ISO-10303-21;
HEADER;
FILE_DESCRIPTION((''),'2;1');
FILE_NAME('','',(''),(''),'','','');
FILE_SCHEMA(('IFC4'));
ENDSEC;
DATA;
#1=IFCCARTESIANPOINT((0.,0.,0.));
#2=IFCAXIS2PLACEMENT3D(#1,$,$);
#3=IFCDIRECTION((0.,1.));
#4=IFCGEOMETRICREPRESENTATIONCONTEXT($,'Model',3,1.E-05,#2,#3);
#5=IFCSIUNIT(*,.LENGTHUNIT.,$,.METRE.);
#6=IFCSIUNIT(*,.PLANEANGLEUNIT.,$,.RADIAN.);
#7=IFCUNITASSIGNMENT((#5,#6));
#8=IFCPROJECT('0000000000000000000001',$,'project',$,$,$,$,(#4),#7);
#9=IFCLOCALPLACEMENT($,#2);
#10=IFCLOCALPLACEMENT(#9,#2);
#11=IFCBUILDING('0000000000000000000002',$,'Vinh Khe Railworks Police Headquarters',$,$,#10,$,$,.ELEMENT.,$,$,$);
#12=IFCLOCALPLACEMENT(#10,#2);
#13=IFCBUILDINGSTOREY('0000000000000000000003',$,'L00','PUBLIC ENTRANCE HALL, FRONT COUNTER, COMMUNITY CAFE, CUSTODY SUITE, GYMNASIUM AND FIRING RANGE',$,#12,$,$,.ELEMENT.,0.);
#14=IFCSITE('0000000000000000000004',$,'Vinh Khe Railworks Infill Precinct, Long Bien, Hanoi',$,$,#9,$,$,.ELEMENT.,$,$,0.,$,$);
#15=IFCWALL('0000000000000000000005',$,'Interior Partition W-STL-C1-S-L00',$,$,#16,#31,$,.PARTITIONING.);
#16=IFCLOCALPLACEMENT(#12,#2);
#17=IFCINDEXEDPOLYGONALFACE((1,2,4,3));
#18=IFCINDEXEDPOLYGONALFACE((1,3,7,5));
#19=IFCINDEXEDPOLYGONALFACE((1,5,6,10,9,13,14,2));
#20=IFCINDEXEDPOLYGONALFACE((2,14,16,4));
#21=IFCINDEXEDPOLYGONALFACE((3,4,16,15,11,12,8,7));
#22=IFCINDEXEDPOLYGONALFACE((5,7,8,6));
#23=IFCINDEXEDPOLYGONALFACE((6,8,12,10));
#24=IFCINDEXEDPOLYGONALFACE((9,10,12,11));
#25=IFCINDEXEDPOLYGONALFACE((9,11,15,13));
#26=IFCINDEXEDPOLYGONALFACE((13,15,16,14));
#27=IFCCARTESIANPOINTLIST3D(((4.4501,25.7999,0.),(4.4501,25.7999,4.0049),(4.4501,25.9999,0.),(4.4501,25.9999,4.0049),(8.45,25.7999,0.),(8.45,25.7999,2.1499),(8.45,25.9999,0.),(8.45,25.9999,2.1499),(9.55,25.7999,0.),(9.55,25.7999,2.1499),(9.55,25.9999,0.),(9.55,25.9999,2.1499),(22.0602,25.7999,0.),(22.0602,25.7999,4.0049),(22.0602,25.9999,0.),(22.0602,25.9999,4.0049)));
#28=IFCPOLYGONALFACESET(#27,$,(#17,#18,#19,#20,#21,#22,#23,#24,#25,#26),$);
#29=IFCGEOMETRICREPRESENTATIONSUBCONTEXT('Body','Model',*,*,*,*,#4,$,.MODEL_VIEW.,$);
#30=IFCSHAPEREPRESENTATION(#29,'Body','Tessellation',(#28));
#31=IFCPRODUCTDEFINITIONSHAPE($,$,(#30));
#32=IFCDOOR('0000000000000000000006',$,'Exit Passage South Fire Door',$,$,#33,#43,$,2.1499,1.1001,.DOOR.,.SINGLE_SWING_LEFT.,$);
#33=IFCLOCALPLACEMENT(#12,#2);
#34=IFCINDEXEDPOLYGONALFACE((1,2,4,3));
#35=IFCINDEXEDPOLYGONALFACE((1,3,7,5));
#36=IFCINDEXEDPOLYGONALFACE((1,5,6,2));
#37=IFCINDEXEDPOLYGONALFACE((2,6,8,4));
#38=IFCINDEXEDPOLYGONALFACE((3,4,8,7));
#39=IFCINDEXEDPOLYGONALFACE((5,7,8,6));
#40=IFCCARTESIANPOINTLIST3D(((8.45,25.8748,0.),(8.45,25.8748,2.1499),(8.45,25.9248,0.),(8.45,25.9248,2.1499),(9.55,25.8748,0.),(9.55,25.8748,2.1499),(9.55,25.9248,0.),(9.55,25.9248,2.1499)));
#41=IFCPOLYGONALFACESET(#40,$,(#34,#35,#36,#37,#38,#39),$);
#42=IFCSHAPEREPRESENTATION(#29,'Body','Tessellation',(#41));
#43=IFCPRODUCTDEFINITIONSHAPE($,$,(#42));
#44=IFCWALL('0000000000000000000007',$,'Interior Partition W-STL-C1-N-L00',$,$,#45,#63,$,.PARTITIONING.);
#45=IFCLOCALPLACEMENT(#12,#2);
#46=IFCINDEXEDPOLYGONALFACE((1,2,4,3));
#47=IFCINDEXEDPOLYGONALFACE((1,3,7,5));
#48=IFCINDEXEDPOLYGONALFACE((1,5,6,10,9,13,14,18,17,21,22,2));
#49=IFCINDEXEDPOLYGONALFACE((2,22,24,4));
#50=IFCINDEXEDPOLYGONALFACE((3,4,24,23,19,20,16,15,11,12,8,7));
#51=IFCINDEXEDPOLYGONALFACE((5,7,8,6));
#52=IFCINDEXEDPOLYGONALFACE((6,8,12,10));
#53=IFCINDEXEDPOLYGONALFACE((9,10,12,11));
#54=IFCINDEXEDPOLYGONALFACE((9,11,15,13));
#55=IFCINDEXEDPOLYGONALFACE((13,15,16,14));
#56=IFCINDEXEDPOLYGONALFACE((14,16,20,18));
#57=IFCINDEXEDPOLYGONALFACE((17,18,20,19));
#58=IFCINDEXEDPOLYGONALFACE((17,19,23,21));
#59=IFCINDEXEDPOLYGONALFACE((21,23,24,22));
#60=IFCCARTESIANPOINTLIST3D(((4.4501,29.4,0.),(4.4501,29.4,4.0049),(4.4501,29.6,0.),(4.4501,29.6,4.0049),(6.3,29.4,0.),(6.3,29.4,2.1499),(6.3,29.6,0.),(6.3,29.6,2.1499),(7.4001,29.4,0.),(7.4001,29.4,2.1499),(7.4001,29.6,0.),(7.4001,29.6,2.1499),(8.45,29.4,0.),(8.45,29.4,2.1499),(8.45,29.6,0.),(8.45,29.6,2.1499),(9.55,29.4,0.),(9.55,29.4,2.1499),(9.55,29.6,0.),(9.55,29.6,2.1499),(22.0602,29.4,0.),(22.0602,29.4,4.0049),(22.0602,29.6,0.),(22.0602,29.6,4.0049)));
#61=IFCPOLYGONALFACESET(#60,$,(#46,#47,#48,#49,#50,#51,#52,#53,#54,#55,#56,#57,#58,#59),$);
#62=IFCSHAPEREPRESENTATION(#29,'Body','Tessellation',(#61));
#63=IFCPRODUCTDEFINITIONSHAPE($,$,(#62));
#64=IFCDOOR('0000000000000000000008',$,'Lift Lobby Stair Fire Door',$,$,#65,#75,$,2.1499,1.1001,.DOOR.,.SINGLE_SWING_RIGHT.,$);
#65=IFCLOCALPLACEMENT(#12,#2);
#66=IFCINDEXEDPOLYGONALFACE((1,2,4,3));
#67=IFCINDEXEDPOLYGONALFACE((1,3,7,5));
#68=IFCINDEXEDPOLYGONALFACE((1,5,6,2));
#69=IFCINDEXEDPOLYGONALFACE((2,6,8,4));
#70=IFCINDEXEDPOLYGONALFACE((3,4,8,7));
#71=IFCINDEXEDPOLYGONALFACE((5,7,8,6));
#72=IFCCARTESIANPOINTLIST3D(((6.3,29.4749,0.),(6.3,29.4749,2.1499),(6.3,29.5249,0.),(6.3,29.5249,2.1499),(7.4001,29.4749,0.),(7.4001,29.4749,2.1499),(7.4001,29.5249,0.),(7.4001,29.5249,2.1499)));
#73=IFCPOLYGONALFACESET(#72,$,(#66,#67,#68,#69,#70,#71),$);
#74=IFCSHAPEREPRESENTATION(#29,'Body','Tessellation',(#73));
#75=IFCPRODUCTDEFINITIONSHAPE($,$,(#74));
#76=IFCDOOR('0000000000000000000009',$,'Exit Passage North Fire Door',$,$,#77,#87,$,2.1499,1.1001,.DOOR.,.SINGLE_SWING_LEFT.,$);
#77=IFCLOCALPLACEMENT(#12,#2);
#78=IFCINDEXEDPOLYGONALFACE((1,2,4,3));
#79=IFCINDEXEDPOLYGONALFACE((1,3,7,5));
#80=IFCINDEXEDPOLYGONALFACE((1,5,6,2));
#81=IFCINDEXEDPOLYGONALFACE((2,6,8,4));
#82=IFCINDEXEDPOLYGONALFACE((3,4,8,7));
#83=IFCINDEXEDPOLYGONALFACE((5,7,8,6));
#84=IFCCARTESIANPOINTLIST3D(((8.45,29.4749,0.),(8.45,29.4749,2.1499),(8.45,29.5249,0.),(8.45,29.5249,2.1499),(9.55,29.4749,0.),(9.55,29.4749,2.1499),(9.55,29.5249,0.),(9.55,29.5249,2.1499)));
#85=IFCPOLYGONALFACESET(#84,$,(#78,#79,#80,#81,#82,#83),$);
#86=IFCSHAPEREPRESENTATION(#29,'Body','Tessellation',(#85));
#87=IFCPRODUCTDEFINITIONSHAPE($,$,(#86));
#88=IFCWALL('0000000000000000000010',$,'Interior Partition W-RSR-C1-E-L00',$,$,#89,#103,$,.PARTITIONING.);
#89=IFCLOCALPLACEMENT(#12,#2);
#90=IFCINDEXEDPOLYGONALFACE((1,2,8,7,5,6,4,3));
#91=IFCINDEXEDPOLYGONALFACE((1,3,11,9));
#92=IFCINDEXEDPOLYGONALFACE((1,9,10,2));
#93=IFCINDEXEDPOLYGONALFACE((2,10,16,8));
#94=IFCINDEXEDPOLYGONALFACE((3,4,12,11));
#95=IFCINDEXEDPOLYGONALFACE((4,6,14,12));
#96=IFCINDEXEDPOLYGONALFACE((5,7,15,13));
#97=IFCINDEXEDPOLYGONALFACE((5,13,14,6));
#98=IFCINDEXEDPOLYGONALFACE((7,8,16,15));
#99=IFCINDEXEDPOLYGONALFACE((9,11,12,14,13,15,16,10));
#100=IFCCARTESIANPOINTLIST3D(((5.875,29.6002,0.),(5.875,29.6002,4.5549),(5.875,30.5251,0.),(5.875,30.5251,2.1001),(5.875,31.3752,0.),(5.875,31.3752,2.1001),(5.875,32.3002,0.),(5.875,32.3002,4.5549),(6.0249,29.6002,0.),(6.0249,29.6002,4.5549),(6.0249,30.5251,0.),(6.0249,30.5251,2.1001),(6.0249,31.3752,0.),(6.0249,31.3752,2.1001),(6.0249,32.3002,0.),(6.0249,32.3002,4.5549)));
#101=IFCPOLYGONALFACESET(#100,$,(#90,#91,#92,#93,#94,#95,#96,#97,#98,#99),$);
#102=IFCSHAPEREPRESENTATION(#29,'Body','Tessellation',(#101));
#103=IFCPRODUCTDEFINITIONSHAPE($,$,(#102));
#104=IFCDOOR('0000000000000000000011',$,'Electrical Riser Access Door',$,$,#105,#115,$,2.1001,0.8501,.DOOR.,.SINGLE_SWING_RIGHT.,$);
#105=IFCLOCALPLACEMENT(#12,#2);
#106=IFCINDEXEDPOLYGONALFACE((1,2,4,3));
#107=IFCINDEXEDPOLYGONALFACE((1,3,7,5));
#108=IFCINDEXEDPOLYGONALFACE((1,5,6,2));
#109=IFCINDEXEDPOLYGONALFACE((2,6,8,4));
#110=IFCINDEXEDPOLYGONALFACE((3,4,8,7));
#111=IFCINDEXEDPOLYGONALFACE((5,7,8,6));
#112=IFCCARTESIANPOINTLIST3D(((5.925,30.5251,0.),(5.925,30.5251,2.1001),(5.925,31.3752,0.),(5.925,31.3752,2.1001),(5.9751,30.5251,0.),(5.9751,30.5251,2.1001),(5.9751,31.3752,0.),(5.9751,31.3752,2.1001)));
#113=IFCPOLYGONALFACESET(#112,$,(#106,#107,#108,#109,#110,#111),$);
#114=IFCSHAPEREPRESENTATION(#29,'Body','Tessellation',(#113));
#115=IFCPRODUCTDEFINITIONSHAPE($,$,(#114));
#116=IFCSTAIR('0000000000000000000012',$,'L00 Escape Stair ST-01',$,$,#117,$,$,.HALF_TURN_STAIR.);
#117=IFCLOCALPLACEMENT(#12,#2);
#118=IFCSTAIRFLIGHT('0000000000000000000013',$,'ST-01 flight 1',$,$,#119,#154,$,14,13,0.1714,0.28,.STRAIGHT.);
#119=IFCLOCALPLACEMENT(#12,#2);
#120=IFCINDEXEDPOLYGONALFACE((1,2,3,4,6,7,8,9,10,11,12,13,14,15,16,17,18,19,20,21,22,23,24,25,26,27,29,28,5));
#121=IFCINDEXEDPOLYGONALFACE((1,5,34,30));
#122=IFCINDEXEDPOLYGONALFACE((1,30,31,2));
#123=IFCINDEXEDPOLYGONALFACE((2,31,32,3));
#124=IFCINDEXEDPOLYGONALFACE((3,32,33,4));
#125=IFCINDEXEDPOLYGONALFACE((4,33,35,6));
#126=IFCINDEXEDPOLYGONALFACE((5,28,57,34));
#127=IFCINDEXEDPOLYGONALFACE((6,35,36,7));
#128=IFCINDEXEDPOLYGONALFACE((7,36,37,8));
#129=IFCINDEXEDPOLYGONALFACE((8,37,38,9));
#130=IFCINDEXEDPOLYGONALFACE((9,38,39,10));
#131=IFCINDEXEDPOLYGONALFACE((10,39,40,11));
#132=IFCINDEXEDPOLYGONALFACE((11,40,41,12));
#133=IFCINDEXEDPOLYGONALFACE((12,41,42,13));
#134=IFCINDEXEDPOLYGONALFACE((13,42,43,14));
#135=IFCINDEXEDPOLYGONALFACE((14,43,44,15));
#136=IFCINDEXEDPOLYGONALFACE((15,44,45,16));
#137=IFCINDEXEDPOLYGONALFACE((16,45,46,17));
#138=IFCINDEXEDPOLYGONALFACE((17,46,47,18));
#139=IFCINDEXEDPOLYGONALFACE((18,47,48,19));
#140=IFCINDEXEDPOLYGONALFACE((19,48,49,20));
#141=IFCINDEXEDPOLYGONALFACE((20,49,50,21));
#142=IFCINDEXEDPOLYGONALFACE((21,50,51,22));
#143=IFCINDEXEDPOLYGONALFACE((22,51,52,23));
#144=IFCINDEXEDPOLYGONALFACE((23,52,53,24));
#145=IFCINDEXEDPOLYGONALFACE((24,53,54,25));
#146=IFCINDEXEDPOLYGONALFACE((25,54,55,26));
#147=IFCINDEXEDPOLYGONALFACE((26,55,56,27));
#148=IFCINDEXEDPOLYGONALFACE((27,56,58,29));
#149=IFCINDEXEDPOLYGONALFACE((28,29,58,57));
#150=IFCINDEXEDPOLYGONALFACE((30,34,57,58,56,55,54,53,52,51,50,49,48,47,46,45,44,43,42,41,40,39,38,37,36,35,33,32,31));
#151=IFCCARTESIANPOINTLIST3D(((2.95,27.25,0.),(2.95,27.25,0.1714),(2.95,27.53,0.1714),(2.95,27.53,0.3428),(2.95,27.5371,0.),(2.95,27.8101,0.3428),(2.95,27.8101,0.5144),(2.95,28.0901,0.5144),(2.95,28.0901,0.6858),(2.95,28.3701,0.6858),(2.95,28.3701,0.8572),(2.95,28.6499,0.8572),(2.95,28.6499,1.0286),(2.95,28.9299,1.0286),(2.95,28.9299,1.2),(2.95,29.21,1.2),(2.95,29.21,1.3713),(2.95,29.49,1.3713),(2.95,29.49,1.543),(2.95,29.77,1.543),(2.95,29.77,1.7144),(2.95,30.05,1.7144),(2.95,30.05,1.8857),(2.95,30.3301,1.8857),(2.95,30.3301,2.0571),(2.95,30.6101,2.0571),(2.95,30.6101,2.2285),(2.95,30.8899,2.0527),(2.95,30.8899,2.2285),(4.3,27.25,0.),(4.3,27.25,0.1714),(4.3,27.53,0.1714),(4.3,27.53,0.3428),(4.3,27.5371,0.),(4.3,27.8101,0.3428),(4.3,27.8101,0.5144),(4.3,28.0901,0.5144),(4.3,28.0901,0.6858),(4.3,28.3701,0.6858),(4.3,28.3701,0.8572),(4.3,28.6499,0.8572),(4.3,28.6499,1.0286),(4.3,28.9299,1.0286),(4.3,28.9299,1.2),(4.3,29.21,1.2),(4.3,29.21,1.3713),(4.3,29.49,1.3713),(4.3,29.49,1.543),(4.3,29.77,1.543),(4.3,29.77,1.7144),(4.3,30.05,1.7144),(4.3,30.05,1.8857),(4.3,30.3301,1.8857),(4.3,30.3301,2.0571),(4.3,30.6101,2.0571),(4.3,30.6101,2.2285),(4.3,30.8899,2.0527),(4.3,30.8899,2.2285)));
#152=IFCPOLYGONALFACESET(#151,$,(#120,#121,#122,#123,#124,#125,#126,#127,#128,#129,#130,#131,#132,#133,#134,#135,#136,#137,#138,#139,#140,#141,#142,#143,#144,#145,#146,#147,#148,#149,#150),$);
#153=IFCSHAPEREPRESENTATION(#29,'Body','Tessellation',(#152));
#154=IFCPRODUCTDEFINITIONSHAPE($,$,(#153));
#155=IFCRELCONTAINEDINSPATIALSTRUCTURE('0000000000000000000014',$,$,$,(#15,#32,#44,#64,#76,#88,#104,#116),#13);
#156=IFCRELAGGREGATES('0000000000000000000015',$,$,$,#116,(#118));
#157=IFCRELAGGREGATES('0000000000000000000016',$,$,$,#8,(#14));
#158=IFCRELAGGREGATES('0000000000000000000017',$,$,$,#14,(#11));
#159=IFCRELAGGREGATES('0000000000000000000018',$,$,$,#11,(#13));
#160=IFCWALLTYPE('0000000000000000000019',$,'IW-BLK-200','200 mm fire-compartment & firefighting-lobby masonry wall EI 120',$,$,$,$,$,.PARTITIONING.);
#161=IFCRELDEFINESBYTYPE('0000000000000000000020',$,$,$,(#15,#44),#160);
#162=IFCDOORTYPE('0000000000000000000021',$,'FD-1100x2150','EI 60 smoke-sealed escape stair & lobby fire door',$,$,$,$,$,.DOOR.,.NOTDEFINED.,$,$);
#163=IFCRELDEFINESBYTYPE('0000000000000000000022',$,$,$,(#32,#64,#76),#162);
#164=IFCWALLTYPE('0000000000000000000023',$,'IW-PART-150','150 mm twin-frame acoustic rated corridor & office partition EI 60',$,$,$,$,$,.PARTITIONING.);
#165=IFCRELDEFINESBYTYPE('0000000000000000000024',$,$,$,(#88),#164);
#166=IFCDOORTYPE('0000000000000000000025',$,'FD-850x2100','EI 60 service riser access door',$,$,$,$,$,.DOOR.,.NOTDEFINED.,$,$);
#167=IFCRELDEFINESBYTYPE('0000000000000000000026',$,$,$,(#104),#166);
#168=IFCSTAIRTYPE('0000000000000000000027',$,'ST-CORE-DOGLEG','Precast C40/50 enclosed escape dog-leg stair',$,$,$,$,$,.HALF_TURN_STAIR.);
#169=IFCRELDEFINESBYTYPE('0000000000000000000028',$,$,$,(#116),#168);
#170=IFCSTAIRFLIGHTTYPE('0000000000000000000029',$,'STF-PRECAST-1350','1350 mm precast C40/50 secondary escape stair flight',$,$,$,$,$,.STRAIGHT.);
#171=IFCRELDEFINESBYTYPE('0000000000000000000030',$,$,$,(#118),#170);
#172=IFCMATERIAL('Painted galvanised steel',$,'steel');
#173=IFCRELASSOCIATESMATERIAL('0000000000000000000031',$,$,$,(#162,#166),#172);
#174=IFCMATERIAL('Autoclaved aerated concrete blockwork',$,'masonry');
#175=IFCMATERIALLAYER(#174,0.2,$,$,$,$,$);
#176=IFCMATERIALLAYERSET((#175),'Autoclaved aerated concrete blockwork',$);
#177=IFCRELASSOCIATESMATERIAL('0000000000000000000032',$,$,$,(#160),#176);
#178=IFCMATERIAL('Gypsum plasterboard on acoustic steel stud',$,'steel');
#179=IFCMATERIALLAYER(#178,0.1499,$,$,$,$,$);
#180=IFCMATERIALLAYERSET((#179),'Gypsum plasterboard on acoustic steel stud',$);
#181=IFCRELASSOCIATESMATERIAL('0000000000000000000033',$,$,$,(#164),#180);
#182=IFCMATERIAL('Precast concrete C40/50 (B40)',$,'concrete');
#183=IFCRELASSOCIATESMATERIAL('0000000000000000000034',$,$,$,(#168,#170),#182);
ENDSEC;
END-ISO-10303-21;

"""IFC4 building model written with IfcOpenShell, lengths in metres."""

from ifc_helpers import new_model, si_unit, direction, frame, frame_2d, origin, place, context, subcontext, project, spatial, polyline, rectangle, outline, extrude, material, layer, layer_set, type_object, element, fill, aggregate, save


model = new_model("IFC4")

# Units and contexts
model_context = context("Model", 3, precision=1e-05, world=origin(), true_north=direction((0.0, 1.0)))
body_context = subcontext(model_context, "Body", "Model", "MODEL_VIEW")
ifc_project = project(units=[si_unit("LENGTHUNIT", "METRE"), si_unit("PLANEANGLEUNIT", "RADIAN")], contexts=[model_context])

# Site, building, storey
site_placement = place(None, origin())
site = spatial("IfcSite", under=ifc_project, at=site_placement, Name="Vinh Khe Railworks Infill Precinct, Long Bien, Hanoi", CompositionType="ELEMENT", RefElevation=0.0)
building_placement = place(site_placement, origin())
building = spatial("IfcBuilding", under=site, at=building_placement, Name="Vinh Khe Railworks Police Headquarters", CompositionType="ELEMENT")
storey_placement = place(building_placement, origin())
storey = spatial("IfcBuildingStorey", under=building, at=storey_placement, Name="L00", Description="PUBLIC ENTRANCE HALL, FRONT COUNTER, COMMUNITY CAFE, CUSTODY SUITE, GYMNASIUM AND FIRING RANGE", CompositionType="ELEMENT", Elevation=0.0)

# Wall, opening, door
ifc_material_1 = material(Name="Painted galvanised steel", Category="steel")
door_type_1 = type_object("IfcDoorType", Name="FD-1100x2150", Description="EI 60 smoke-sealed escape stair & lobby fire door", OperationType="NOTDEFINED", PredefinedType="DOOR", material=ifc_material_1)
ifc_material_2 = material(Name="Autoclaved aerated concrete blockwork", Category="masonry")
ifc_layer_1 = layer(ifc_material_2, 0.2)
ifc_layer_set_1 = layer_set([ifc_layer_1], Name="Autoclaved aerated concrete blockwork")
wall_type_1 = type_object("IfcWallType", Name="IW-BLK-200", Description="200 mm fire-compartment & firefighting-lobby masonry wall EI 120", PredefinedType="PARTITIONING", material=ifc_layer_set_1)
wall_1_placement = place(storey_placement, frame((4.45, 25.8999, 0.0), z_axis=(0.0, 0.0, 1.0), x_axis=(1.0, 0.0, 0.0)))
wall_1 = element("IfcWall", 1, at=wall_1_placement, inside=storey, type_object=wall_type_1, Name="Interior Partition W-STL-C1-S-L00", PredefinedType="PARTITIONING", context=body_context, shape_type="SweptSolid", body=[
    extrude(rectangle(XDim=17.6101, YDim=0.2, at=frame_2d((8.8052, 0.0))), origin(), (0.0, 0.0, 1.0), 4.0049),
])
opening_1_placement = place(wall_1_placement, frame((4.0, 0.0, 0.0)))
opening_1 = element("IfcOpeningElement", 2, at=opening_1_placement, cuts=wall_1, PredefinedType="OPENING", context=body_context, shape_type="SweptSolid", body=[
    extrude(rectangle(XDim=1.1001, YDim=2.1499, at=frame_2d((0.55, 1.075))), frame((0.0, 0.1147, 0.0), z_axis=(0.0, -1.0, 0.0), x_axis=(1.0, 0.0, 0.0)), (0.0, 0.0, 1.0), 0.2297),
])
door_1_placement = place(opening_1_placement, origin())
door_1 = element("IfcDoor", 3, at=door_1_placement, inside=storey, type_object=door_type_1, Name="Exit Passage South Fire Door", OperationType="SINGLE_SWING_LEFT", OverallHeight=2.1499, OverallWidth=1.1001, PredefinedType="DOOR", context=body_context, shape_type="SweptSolid", body=[
    extrude(rectangle(XDim=1.1001, YDim=2.1499, at=frame_2d((0.55, 1.075))), frame((0.0, 0.0249, 0.0), z_axis=(0.0, -1.0, 0.0), x_axis=(1.0, 0.0, 0.0)), (0.0, 0.0, 1.0), 0.05),
])
fill(opening_1, door_1)

# Wall, openings, doors
wall_2_placement = place(storey_placement, frame((4.45, 29.5, 0.0), z_axis=(0.0, 0.0, 1.0), x_axis=(1.0, 0.0, 0.0)))
wall_2 = element("IfcWall", 4, at=wall_2_placement, inside=storey, type_object=wall_type_1, Name="Interior Partition W-STL-C1-N-L00", PredefinedType="PARTITIONING", context=body_context, shape_type="SweptSolid", body=[
    extrude(rectangle(XDim=17.6101, YDim=0.2, at=frame_2d((8.8052, 0.0))), origin(), (0.0, 0.0, 1.0), 4.0049),
])
opening_2_placement = place(wall_2_placement, frame((1.8501, 0.0, 0.0)))
opening_2 = element("IfcOpeningElement", 5, at=opening_2_placement, cuts=wall_2, PredefinedType="OPENING", context=body_context, shape_type="SweptSolid", body=[
    extrude(rectangle(XDim=1.1001, YDim=2.1499, at=frame_2d((0.55, 1.075))), frame((0.0, 0.1147, 0.0), z_axis=(0.0, -1.0, 0.0), x_axis=(1.0, 0.0, 0.0)), (0.0, 0.0, 1.0), 0.2297),
])
opening_3_placement = place(wall_2_placement, frame((4.0, 0.0, 0.0)))
opening_3 = element("IfcOpeningElement", 6, at=opening_3_placement, cuts=wall_2, PredefinedType="OPENING", context=body_context, shape_type="SweptSolid", body=[
    extrude(rectangle(XDim=1.1001, YDim=2.1499, at=frame_2d((0.55, 1.075))), frame((0.0, 0.1147, 0.0), z_axis=(0.0, -1.0, 0.0), x_axis=(1.0, 0.0, 0.0)), (0.0, 0.0, 1.0), 0.2297),
])
door_2_placement = place(opening_2_placement, origin())
door_2 = element("IfcDoor", 7, at=door_2_placement, inside=storey, type_object=door_type_1, Name="Lift Lobby Stair Fire Door", OperationType="SINGLE_SWING_RIGHT", OverallHeight=2.1499, OverallWidth=1.1001, PredefinedType="DOOR", context=body_context, shape_type="SweptSolid", body=[
    extrude(rectangle(XDim=1.1001, YDim=2.1499, at=frame_2d((0.55, 1.075))), frame((0.0, 0.0249, 0.0), z_axis=(0.0, -1.0, 0.0), x_axis=(1.0, 0.0, 0.0)), (0.0, 0.0, 1.0), 0.05),
])
fill(opening_2, door_2)
door_3_placement = place(opening_3_placement, origin())
door_3 = element("IfcDoor", 8, at=door_3_placement, inside=storey, type_object=door_type_1, Name="Exit Passage North Fire Door", OperationType="SINGLE_SWING_LEFT", OverallHeight=2.1499, OverallWidth=1.1001, PredefinedType="DOOR", context=body_context, shape_type="SweptSolid", body=[
    extrude(rectangle(XDim=1.1001, YDim=2.1499, at=frame_2d((0.55, 1.075))), frame((0.0, 0.0249, 0.0), z_axis=(0.0, -1.0, 0.0), x_axis=(1.0, 0.0, 0.0)), (0.0, 0.0, 1.0), 0.05),
])
fill(opening_3, door_3)

# Wall, opening, door
ifc_material_3 = material(Name="Gypsum plasterboard on acoustic steel stud", Category="steel")
ifc_layer_2 = layer(ifc_material_3, 0.1499)
ifc_layer_set_2 = layer_set([ifc_layer_2], Name="Gypsum plasterboard on acoustic steel stud")
wall_type_2 = type_object("IfcWallType", Name="IW-PART-150", Description="150 mm twin-frame acoustic rated corridor & office partition EI 60", PredefinedType="PARTITIONING", material=ifc_layer_set_2)
wall_3_placement = place(storey_placement, frame((5.95, 29.6001, 0.0), z_axis=(0.0, 0.0, 1.0), x_axis=(0.0, 1.0, 0.0)))
wall_3 = element("IfcWall", 9, at=wall_3_placement, inside=storey, type_object=wall_type_2, Name="Interior Partition W-RSR-C1-E-L00", PredefinedType="PARTITIONING", context=body_context, shape_type="SweptSolid", body=[
    extrude(rectangle(XDim=2.7, YDim=0.1499, at=frame_2d((1.3501, 0.0))), origin(), (0.0, 0.0, 1.0), 4.5549),
])
opening_4_placement = place(wall_3_placement, frame((0.925, 0.0, 0.0)))
opening_4 = element("IfcOpeningElement", 10, at=opening_4_placement, cuts=wall_3, PredefinedType="OPENING", context=body_context, shape_type="SweptSolid", body=[
    extrude(rectangle(XDim=0.8501, YDim=2.1001, at=frame_2d((0.425, 1.05))), frame((0.0, 0.0898, 0.0), z_axis=(0.0, -1.0, 0.0), x_axis=(1.0, 0.0, 0.0)), (0.0, 0.0, 1.0), 0.1797),
])
door_type_2 = type_object("IfcDoorType", Name="FD-850x2100", Description="EI 60 service riser access door", OperationType="NOTDEFINED", PredefinedType="DOOR", material=ifc_material_1)
door_4_placement = place(opening_4_placement, origin())
door_4 = element("IfcDoor", 11, at=door_4_placement, inside=storey, type_object=door_type_2, Name="Electrical Riser Access Door", OperationType="SINGLE_SWING_RIGHT", OverallHeight=2.1001, OverallWidth=0.8501, PredefinedType="DOOR", context=body_context, shape_type="SweptSolid", body=[
    extrude(rectangle(XDim=0.8501, YDim=2.1001, at=frame_2d((0.425, 1.05))), frame((0.0, 0.0249, 0.0), z_axis=(0.0, -1.0, 0.0), x_axis=(1.0, 0.0, 0.0)), (0.0, 0.0, 1.0), 0.05),
])
fill(opening_4, door_4)

# Stair, stair flight
ifc_material_4 = material(Name="Precast concrete C40/50 (B40)", Category="concrete")
stair_type = type_object("IfcStairType", Name="ST-CORE-DOGLEG", Description="Precast C40/50 enclosed escape dog-leg stair", PredefinedType="HALF_TURN_STAIR", material=ifc_material_4)
stair_placement = place(storey_placement, origin())
stair = element("IfcStair", 12, at=stair_placement, inside=storey, type_object=stair_type, Name="L00 Escape Stair ST-01", PredefinedType="HALF_TURN_STAIR")
stair_flight_type = type_object("IfcStairFlightType", Name="STF-PRECAST-1350", Description="1350 mm precast C40/50 secondary escape stair flight", PredefinedType="STRAIGHT", material=ifc_material_4)
stair_flight_placement = place(storey_placement, frame((3.625, 27.25, 0.0), z_axis=(0.0, 0.0, 1.0), x_axis=(0.0, 1.0, 0.0)))
stair_flight = element("IfcStairFlight", 13, at=stair_flight_placement, type_object=stair_flight_type, Name="ST-01 flight 1", NumberOfRisers=14, NumberOfTreads=13, PredefinedType="STRAIGHT", RiserHeight=0.1714, TreadLength=0.28, context=body_context, shape_type="SweptSolid", body=[
    extrude(outline(polyline([(0.0, 0.0), (0.0, 0.1714), (0.28, 0.1714), (0.28, 0.3428), (0.5601, 0.3428), (0.5601, 0.5144), (0.8401, 0.5144), (0.8401, 0.6858), (1.1201, 0.6858), (1.1201, 0.8572), (1.3999, 0.8572), (1.3999, 1.0286), (1.6799, 1.0286), (1.6799, 1.2), (1.96, 1.2), (1.96, 1.3713), (2.24, 1.3713), (2.24, 1.543), (2.52, 1.543), (2.52, 1.7144), (2.8, 1.7144), (2.8, 1.8857), (3.0801, 1.8857), (3.0801, 2.0571), (3.3601, 2.0571), (3.3601, 2.2285), (3.6399, 2.2285), (3.6399, 2.3999), (3.6399, 2.0527), (0.2871, 0.0), (0.0, 0.0)])), frame((0.0, 0.675, 0.0), z_axis=(0.0, -1.0, 0.0), x_axis=(1.0, 0.0, 0.0)), (0.0, 0.0, 1.0), 1.3501),
])
aggregate(stair, [stair_flight])

save(model, "model.ifc")
